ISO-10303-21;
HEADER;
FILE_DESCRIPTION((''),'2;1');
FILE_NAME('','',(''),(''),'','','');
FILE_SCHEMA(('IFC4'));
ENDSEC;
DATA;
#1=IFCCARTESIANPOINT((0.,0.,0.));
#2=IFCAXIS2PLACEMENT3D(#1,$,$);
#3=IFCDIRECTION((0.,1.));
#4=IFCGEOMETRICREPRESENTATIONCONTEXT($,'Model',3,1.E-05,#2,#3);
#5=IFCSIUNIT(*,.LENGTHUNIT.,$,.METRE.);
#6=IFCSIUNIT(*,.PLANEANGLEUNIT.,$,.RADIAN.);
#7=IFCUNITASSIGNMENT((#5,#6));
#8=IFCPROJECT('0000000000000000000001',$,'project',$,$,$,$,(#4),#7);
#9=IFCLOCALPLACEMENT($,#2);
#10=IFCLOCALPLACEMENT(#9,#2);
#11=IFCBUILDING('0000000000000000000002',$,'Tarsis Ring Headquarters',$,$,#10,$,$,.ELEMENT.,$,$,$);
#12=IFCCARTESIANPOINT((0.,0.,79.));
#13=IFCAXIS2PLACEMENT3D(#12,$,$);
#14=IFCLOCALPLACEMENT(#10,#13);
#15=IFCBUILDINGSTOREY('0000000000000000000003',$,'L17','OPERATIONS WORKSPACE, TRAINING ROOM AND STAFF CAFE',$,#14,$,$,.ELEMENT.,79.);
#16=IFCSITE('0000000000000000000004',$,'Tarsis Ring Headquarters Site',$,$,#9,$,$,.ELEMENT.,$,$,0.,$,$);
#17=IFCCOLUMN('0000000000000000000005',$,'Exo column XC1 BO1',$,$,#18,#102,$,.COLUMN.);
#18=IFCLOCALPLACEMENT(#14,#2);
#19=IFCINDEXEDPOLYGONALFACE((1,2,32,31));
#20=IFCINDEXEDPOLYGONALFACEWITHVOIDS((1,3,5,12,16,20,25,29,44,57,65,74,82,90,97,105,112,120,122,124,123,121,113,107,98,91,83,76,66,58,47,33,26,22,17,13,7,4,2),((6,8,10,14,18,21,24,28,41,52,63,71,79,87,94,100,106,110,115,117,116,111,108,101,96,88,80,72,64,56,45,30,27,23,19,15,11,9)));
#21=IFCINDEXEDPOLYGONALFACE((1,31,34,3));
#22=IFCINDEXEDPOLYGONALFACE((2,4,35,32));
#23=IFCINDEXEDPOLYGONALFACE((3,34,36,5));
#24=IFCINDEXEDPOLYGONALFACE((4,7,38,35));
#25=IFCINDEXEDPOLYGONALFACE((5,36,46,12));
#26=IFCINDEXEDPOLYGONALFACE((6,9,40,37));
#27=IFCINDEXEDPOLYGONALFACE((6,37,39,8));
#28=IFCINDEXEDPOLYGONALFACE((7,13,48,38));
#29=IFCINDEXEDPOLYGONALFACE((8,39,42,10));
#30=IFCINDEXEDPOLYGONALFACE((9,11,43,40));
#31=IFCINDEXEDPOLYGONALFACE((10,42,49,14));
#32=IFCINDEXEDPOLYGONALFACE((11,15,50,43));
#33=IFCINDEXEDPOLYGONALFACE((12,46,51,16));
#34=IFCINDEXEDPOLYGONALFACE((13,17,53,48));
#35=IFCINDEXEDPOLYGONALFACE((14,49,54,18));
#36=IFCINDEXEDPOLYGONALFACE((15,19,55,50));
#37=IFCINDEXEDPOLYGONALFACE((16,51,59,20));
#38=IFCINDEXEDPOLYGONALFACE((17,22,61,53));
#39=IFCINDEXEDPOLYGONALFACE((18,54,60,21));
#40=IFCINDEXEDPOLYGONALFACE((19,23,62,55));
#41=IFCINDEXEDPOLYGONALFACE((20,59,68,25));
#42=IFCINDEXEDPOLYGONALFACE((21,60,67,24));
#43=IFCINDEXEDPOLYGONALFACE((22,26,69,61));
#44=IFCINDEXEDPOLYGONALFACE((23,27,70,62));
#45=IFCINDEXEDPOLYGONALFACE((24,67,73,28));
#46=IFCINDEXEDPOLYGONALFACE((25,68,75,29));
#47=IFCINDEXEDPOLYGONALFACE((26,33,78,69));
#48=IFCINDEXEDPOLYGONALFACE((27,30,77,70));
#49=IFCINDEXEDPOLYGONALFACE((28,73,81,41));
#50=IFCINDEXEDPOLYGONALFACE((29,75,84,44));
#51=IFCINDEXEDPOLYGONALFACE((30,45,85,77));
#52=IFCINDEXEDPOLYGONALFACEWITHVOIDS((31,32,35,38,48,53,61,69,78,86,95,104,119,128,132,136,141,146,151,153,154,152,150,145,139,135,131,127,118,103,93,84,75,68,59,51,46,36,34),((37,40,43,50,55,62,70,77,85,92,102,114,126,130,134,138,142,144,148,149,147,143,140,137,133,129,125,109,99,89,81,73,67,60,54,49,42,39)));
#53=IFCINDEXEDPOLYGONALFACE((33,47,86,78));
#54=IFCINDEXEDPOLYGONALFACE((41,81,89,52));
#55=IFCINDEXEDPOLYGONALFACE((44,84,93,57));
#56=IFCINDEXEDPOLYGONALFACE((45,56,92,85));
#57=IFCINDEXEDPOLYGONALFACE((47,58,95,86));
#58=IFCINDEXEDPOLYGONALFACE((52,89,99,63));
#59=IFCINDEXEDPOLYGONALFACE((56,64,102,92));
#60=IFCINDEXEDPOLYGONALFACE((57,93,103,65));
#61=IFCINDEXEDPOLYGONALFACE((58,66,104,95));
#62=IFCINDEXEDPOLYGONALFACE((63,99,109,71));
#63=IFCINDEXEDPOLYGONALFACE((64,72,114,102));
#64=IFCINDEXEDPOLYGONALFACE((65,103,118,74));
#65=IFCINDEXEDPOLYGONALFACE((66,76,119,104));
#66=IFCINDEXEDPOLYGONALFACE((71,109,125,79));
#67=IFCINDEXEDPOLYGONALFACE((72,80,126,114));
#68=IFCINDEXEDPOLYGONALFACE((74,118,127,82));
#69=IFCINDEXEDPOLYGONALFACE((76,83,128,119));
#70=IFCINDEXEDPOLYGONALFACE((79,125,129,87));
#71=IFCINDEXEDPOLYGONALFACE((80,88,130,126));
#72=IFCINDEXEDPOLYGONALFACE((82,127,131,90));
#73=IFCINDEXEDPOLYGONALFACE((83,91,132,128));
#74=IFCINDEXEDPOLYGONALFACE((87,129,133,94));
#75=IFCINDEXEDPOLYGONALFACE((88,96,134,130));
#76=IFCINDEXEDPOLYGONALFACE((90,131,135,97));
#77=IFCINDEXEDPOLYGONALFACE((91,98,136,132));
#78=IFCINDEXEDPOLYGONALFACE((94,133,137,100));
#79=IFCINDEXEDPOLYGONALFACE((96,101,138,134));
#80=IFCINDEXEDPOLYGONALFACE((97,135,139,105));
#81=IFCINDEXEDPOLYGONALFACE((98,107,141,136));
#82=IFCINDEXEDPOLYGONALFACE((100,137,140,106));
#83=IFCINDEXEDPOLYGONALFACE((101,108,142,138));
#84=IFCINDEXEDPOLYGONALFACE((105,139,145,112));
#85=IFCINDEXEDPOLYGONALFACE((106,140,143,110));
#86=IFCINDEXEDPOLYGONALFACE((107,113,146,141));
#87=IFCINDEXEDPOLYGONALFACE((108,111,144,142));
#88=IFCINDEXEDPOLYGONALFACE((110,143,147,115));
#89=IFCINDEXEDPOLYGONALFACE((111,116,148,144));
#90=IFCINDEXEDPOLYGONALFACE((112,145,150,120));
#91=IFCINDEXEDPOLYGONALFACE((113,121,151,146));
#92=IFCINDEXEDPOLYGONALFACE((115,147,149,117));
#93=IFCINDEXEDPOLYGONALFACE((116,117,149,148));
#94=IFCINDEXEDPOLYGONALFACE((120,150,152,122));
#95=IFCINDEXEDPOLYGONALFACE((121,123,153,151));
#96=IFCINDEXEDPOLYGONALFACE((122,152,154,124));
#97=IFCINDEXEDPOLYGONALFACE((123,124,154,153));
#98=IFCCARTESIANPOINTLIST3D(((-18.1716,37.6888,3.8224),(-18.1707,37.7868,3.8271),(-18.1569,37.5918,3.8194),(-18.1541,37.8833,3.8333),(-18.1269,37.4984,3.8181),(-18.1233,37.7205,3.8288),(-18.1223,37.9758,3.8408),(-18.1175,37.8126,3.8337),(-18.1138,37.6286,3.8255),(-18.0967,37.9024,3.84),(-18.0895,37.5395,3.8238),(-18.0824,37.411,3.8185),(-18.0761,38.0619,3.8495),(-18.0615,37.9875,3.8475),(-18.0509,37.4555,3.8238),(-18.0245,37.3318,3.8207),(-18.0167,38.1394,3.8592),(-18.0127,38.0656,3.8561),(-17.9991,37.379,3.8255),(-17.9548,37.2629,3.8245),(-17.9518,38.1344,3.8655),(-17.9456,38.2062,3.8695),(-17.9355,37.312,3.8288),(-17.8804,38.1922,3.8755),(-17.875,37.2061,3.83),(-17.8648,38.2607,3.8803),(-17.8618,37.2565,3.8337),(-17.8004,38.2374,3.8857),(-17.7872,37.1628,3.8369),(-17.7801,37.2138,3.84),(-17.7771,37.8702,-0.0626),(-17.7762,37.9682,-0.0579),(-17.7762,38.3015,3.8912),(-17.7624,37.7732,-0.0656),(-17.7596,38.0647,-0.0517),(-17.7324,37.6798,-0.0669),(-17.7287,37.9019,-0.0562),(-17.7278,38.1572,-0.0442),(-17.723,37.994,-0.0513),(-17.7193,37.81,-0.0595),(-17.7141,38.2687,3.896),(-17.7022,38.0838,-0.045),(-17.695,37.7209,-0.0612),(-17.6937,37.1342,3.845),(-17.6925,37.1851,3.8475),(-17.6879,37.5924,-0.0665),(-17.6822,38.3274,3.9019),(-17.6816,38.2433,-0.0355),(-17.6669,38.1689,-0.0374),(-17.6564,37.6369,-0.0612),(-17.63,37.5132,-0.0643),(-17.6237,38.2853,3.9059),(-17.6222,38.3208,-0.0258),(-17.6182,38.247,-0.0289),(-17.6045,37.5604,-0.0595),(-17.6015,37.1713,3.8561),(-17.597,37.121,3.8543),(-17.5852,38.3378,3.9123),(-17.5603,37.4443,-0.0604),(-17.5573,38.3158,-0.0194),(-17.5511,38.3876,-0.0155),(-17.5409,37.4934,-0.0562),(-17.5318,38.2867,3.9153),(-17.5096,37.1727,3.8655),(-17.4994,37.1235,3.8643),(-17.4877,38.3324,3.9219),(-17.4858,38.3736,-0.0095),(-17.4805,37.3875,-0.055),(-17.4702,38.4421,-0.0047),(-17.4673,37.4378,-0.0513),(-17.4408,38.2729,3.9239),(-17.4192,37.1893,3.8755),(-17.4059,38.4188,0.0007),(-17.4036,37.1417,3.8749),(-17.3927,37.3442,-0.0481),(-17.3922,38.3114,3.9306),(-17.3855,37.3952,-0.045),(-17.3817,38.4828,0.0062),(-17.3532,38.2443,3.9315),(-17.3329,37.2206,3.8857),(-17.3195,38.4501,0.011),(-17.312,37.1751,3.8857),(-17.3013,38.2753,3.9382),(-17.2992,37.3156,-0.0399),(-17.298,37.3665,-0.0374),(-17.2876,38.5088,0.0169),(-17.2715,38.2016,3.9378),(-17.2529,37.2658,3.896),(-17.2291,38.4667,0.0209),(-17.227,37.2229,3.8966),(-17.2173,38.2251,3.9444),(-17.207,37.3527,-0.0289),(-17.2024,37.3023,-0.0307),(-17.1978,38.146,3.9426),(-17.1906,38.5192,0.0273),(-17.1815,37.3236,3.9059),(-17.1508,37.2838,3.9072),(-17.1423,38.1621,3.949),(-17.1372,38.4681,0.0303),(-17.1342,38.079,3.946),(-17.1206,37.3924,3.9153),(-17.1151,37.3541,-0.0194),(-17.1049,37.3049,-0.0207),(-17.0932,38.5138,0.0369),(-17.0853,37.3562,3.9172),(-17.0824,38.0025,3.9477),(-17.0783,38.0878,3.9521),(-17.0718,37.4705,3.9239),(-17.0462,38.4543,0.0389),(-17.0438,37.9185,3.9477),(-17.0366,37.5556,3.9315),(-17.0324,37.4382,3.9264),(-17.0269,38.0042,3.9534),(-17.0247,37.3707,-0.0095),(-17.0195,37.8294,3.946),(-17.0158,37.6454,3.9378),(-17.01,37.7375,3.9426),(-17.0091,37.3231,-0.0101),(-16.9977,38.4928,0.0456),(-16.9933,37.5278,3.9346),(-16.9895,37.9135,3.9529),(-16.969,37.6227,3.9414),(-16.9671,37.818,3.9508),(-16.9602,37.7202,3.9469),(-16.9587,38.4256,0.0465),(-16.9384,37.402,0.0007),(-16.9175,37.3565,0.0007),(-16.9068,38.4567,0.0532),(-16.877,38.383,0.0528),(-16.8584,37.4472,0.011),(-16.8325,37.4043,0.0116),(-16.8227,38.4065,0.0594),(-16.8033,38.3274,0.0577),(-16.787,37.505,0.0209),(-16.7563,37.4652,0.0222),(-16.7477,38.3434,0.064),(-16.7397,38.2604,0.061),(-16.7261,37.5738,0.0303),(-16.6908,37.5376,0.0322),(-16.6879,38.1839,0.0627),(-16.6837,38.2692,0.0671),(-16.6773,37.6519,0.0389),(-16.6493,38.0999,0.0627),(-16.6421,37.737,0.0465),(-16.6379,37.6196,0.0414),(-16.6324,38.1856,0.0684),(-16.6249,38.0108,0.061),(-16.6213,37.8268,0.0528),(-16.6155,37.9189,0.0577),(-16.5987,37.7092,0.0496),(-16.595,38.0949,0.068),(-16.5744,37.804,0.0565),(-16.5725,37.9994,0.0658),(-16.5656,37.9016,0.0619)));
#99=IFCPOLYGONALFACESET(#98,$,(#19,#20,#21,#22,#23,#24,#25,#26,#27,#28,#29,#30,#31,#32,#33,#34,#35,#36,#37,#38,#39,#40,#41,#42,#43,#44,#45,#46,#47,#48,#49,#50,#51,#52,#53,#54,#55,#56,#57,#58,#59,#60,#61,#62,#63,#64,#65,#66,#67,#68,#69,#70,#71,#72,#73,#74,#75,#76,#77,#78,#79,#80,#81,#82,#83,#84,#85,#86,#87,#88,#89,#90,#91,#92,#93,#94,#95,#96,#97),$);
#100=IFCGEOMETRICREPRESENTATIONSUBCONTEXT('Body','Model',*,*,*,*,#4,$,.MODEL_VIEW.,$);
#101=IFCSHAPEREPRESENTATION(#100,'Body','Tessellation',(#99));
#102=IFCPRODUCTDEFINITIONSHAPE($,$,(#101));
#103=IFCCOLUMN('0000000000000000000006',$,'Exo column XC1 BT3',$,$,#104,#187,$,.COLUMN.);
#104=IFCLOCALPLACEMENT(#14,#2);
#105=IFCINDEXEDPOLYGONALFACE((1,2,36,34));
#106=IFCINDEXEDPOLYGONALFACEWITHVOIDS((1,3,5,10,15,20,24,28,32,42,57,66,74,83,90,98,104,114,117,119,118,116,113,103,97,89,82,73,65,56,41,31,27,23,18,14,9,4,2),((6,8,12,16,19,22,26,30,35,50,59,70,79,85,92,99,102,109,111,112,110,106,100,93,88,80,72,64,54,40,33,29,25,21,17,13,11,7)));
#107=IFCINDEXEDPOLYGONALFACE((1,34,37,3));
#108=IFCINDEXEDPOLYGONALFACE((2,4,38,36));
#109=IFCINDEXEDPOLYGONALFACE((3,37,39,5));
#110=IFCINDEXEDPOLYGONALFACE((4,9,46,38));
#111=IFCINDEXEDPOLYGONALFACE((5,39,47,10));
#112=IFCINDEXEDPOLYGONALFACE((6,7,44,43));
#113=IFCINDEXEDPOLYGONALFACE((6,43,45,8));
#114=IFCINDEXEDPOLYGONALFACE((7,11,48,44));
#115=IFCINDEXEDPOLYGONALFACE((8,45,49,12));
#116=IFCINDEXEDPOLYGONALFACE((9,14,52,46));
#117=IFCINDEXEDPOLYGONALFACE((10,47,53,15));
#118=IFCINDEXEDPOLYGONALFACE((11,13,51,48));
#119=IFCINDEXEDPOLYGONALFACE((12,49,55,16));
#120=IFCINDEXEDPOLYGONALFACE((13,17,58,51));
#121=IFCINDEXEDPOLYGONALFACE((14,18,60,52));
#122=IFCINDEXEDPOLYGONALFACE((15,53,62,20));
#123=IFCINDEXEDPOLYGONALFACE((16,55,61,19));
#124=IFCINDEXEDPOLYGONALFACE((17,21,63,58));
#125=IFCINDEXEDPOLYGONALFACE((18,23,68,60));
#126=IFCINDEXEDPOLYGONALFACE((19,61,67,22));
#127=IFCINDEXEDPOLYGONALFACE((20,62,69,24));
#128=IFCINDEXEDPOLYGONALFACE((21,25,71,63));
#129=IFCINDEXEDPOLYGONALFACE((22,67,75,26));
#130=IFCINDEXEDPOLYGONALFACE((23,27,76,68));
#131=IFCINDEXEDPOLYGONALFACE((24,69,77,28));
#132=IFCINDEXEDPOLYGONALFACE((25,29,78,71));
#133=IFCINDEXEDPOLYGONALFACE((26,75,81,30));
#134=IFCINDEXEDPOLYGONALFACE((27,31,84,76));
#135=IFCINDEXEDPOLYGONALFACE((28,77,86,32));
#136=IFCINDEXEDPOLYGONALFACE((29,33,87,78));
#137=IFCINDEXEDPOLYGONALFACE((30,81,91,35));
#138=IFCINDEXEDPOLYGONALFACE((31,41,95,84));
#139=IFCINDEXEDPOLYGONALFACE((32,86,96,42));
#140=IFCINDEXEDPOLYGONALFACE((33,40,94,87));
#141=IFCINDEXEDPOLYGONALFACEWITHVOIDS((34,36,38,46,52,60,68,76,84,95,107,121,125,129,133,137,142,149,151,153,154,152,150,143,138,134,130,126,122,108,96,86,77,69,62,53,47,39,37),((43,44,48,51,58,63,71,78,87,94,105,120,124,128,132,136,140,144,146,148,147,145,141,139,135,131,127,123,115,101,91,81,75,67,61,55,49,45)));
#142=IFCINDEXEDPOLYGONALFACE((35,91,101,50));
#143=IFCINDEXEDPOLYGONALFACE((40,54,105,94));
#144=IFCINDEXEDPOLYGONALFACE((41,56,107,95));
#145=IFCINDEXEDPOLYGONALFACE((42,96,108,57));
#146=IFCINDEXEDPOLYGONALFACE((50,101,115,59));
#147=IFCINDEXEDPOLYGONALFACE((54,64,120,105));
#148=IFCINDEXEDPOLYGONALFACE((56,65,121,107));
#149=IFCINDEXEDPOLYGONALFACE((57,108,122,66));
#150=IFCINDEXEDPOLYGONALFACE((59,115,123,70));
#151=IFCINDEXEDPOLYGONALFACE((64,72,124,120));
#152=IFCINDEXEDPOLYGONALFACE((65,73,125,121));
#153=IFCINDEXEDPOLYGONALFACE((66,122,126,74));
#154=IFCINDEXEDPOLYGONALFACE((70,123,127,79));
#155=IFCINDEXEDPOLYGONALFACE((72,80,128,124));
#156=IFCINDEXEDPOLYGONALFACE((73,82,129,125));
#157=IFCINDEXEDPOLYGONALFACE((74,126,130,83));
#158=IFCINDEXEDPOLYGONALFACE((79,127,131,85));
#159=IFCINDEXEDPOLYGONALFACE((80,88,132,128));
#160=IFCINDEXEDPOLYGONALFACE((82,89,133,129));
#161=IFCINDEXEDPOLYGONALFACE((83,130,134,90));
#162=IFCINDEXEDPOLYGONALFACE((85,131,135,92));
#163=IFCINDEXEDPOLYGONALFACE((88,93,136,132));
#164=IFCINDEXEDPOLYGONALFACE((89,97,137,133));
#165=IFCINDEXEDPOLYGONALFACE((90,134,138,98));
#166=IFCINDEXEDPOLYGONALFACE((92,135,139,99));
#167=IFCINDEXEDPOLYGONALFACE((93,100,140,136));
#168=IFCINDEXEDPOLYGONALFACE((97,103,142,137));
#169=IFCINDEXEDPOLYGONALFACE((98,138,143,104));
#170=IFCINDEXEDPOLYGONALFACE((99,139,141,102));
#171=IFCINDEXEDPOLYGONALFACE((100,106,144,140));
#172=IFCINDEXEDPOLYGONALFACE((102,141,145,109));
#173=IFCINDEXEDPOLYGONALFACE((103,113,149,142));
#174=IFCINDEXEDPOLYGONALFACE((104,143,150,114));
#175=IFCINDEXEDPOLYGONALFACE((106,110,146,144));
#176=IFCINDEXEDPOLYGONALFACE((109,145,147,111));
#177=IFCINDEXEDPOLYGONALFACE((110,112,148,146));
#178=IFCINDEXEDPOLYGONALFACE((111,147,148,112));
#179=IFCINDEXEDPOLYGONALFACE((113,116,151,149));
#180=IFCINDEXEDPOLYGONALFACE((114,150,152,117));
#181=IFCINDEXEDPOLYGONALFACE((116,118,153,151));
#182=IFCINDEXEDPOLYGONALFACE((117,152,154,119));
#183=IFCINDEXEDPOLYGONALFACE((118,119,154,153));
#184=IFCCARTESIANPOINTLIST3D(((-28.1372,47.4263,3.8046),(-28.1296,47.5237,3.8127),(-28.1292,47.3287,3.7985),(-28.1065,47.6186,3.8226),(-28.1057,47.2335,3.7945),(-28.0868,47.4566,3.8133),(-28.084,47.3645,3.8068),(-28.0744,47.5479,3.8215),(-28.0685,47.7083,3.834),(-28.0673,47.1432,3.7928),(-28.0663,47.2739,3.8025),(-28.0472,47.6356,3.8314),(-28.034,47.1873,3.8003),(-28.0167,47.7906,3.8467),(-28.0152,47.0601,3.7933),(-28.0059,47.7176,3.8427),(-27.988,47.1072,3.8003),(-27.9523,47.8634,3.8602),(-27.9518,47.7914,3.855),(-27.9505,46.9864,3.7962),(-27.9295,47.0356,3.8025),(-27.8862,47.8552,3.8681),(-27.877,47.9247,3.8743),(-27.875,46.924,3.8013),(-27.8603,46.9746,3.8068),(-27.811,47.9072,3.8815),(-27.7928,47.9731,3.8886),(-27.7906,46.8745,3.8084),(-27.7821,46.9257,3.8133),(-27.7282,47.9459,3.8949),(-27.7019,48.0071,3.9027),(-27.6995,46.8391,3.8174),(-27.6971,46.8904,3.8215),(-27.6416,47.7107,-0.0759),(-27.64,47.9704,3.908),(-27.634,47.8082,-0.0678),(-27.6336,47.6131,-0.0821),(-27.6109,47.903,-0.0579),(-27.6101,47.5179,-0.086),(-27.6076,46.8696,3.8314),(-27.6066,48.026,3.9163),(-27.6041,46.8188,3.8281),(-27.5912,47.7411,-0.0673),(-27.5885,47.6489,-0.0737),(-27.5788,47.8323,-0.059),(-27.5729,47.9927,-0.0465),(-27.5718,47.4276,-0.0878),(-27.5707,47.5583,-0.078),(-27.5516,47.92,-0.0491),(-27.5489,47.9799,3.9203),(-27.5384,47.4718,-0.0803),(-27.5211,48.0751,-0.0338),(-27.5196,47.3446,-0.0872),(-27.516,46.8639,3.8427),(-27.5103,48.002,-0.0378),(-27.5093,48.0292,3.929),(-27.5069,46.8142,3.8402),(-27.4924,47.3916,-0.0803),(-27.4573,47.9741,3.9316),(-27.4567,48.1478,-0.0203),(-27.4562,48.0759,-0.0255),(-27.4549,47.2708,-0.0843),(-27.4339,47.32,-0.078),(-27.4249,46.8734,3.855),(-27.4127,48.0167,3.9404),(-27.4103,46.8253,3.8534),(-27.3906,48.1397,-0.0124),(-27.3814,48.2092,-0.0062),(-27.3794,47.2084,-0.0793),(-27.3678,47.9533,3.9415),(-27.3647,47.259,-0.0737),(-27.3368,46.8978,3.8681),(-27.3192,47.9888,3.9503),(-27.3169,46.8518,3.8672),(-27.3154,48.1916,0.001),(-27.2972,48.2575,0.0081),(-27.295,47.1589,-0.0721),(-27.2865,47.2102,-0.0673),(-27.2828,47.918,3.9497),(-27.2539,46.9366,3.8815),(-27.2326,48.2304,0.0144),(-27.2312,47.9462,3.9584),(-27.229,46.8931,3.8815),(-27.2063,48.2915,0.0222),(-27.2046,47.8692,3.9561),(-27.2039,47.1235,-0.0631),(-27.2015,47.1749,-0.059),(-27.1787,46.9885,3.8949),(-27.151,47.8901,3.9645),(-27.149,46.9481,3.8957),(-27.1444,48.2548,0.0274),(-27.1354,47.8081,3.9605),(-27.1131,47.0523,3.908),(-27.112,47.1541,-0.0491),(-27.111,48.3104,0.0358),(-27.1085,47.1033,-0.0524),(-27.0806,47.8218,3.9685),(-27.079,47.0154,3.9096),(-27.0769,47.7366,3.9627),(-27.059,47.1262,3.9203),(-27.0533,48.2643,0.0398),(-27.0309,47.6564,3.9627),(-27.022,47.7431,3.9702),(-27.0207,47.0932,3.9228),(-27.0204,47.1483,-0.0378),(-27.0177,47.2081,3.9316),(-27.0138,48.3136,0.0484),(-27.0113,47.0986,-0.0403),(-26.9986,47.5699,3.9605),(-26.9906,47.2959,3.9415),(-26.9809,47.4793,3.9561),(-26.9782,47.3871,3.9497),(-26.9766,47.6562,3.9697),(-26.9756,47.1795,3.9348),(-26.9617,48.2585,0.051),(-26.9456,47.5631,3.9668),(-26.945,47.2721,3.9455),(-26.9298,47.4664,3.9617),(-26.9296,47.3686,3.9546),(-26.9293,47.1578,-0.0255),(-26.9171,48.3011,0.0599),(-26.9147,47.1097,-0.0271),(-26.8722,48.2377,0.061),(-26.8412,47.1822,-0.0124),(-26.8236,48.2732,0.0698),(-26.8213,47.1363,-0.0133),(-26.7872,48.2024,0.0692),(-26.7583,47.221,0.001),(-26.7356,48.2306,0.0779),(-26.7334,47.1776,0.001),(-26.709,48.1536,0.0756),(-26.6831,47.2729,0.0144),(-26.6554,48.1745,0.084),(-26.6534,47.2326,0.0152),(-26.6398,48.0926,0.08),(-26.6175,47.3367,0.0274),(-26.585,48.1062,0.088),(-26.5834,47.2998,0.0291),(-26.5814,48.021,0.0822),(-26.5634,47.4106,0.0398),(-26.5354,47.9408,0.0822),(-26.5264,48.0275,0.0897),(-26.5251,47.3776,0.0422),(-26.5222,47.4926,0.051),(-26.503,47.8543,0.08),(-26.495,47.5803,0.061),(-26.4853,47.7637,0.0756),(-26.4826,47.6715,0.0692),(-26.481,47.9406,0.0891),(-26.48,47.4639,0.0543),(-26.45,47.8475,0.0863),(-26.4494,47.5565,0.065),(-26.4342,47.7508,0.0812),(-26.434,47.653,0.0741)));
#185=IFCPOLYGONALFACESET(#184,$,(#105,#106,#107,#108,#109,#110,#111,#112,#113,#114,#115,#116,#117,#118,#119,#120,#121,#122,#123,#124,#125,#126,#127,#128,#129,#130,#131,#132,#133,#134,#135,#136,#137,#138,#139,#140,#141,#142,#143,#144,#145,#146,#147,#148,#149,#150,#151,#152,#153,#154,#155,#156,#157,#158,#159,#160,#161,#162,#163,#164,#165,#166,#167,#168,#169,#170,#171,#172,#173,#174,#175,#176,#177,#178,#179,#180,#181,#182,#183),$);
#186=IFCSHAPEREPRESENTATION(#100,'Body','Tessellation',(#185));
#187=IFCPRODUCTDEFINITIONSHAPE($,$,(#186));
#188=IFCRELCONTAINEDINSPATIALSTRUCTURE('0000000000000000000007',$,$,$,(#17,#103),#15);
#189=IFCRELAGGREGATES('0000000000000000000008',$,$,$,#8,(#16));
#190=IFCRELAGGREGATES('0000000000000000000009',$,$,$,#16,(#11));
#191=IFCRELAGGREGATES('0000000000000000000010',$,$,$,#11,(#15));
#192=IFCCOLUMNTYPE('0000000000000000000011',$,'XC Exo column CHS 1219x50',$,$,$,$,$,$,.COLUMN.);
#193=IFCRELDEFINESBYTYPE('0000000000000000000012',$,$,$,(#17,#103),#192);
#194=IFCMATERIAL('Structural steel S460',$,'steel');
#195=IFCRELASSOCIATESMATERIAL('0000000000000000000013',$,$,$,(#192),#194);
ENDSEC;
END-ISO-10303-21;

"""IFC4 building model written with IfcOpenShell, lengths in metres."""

from ifc_helpers import new_model, si_unit, direction, frame, origin, origin_2d, place, context, subcontext, project, spatial, hollow_circle, extrude, material, material_profile, profile_set, type_object, element, save


model = new_model("IFC4")

# Units and contexts
model_context = context("Model", 3, precision=1e-05, world=origin(), true_north=direction((0.0, 1.0)))
body_context = subcontext(model_context, "Body", "Model", "MODEL_VIEW")
ifc_project = project(units=[si_unit("LENGTHUNIT", "METRE"), si_unit("PLANEANGLEUNIT", "RADIAN")], contexts=[model_context])

# Site, building, storey
site_placement = place(None, origin())
site = spatial("IfcSite", under=ifc_project, at=site_placement, Name="Tarsis Ring Headquarters Site", CompositionType="ELEMENT", RefElevation=0.0)
building_placement = place(site_placement, origin())
building = spatial("IfcBuilding", under=site, at=building_placement, Name="Tarsis Ring Headquarters", CompositionType="ELEMENT")
storey_placement = place(building_placement, frame((0.0, 0.0, 79.0)))
storey = spatial("IfcBuildingStorey", under=building, at=storey_placement, Name="L17", Description="OPERATIONS WORKSPACE, TRAINING ROOM AND STAFF CAFE", CompositionType="ELEMENT", Elevation=79.0)

# Columns
ifc_material_1 = material(Name="Structural steel S460", Category="steel")
ifc_material_profile_1 = material_profile(ifc_material_1, hollow_circle(Radius=0.6096, WallThickness=0.05, at=origin_2d()), Name="CHS 1219x50")
ifc_profile_set_1 = profile_set([ifc_material_profile_1], Name="Structural steel S460")
column_type = type_object("IfcColumnType", Name="XC Exo column CHS 1219x50", PredefinedType="COLUMN", material=ifc_profile_set_1)
column_1_placement = place(storey_placement, frame((-17.1721, 37.9104, 0.0007), z_axis=(-0.100924, -0.046402, 0.993811), x_axis=(0.417739, -0.908567, 0.0)))
element("IfcColumn", 1, at=column_1_placement, inside=storey, type_object=column_type, Name="Exo column XC1 BO1", PredefinedType="COLUMN", context=body_context, shape_type="SweptSolid", body=[
    extrude(hollow_circle(Radius=0.6096, WallThickness=0.05, at=origin_2d()), origin(), (0.0, 0.0, 1.0), 3.9092),
])
column_2_placement = place(storey_placement, frame((-27.0369, 47.7063, 0.001), z_axis=(-0.126351, -0.072512, 0.989332), x_axis=(0.497748, -0.867321, 0.0)))
element("IfcColumn", 2, at=column_2_placement, inside=storey, type_object=column_type, Name="Exo column XC1 BT3", PredefinedType="COLUMN", context=body_context, shape_type="SweptSolid", body=[
    extrude(hollow_circle(Radius=0.6096, WallThickness=0.05, at=origin_2d()), origin(), (0.0, 0.0, 1.0), 3.9224),
])

save(model, "model.ifc")
